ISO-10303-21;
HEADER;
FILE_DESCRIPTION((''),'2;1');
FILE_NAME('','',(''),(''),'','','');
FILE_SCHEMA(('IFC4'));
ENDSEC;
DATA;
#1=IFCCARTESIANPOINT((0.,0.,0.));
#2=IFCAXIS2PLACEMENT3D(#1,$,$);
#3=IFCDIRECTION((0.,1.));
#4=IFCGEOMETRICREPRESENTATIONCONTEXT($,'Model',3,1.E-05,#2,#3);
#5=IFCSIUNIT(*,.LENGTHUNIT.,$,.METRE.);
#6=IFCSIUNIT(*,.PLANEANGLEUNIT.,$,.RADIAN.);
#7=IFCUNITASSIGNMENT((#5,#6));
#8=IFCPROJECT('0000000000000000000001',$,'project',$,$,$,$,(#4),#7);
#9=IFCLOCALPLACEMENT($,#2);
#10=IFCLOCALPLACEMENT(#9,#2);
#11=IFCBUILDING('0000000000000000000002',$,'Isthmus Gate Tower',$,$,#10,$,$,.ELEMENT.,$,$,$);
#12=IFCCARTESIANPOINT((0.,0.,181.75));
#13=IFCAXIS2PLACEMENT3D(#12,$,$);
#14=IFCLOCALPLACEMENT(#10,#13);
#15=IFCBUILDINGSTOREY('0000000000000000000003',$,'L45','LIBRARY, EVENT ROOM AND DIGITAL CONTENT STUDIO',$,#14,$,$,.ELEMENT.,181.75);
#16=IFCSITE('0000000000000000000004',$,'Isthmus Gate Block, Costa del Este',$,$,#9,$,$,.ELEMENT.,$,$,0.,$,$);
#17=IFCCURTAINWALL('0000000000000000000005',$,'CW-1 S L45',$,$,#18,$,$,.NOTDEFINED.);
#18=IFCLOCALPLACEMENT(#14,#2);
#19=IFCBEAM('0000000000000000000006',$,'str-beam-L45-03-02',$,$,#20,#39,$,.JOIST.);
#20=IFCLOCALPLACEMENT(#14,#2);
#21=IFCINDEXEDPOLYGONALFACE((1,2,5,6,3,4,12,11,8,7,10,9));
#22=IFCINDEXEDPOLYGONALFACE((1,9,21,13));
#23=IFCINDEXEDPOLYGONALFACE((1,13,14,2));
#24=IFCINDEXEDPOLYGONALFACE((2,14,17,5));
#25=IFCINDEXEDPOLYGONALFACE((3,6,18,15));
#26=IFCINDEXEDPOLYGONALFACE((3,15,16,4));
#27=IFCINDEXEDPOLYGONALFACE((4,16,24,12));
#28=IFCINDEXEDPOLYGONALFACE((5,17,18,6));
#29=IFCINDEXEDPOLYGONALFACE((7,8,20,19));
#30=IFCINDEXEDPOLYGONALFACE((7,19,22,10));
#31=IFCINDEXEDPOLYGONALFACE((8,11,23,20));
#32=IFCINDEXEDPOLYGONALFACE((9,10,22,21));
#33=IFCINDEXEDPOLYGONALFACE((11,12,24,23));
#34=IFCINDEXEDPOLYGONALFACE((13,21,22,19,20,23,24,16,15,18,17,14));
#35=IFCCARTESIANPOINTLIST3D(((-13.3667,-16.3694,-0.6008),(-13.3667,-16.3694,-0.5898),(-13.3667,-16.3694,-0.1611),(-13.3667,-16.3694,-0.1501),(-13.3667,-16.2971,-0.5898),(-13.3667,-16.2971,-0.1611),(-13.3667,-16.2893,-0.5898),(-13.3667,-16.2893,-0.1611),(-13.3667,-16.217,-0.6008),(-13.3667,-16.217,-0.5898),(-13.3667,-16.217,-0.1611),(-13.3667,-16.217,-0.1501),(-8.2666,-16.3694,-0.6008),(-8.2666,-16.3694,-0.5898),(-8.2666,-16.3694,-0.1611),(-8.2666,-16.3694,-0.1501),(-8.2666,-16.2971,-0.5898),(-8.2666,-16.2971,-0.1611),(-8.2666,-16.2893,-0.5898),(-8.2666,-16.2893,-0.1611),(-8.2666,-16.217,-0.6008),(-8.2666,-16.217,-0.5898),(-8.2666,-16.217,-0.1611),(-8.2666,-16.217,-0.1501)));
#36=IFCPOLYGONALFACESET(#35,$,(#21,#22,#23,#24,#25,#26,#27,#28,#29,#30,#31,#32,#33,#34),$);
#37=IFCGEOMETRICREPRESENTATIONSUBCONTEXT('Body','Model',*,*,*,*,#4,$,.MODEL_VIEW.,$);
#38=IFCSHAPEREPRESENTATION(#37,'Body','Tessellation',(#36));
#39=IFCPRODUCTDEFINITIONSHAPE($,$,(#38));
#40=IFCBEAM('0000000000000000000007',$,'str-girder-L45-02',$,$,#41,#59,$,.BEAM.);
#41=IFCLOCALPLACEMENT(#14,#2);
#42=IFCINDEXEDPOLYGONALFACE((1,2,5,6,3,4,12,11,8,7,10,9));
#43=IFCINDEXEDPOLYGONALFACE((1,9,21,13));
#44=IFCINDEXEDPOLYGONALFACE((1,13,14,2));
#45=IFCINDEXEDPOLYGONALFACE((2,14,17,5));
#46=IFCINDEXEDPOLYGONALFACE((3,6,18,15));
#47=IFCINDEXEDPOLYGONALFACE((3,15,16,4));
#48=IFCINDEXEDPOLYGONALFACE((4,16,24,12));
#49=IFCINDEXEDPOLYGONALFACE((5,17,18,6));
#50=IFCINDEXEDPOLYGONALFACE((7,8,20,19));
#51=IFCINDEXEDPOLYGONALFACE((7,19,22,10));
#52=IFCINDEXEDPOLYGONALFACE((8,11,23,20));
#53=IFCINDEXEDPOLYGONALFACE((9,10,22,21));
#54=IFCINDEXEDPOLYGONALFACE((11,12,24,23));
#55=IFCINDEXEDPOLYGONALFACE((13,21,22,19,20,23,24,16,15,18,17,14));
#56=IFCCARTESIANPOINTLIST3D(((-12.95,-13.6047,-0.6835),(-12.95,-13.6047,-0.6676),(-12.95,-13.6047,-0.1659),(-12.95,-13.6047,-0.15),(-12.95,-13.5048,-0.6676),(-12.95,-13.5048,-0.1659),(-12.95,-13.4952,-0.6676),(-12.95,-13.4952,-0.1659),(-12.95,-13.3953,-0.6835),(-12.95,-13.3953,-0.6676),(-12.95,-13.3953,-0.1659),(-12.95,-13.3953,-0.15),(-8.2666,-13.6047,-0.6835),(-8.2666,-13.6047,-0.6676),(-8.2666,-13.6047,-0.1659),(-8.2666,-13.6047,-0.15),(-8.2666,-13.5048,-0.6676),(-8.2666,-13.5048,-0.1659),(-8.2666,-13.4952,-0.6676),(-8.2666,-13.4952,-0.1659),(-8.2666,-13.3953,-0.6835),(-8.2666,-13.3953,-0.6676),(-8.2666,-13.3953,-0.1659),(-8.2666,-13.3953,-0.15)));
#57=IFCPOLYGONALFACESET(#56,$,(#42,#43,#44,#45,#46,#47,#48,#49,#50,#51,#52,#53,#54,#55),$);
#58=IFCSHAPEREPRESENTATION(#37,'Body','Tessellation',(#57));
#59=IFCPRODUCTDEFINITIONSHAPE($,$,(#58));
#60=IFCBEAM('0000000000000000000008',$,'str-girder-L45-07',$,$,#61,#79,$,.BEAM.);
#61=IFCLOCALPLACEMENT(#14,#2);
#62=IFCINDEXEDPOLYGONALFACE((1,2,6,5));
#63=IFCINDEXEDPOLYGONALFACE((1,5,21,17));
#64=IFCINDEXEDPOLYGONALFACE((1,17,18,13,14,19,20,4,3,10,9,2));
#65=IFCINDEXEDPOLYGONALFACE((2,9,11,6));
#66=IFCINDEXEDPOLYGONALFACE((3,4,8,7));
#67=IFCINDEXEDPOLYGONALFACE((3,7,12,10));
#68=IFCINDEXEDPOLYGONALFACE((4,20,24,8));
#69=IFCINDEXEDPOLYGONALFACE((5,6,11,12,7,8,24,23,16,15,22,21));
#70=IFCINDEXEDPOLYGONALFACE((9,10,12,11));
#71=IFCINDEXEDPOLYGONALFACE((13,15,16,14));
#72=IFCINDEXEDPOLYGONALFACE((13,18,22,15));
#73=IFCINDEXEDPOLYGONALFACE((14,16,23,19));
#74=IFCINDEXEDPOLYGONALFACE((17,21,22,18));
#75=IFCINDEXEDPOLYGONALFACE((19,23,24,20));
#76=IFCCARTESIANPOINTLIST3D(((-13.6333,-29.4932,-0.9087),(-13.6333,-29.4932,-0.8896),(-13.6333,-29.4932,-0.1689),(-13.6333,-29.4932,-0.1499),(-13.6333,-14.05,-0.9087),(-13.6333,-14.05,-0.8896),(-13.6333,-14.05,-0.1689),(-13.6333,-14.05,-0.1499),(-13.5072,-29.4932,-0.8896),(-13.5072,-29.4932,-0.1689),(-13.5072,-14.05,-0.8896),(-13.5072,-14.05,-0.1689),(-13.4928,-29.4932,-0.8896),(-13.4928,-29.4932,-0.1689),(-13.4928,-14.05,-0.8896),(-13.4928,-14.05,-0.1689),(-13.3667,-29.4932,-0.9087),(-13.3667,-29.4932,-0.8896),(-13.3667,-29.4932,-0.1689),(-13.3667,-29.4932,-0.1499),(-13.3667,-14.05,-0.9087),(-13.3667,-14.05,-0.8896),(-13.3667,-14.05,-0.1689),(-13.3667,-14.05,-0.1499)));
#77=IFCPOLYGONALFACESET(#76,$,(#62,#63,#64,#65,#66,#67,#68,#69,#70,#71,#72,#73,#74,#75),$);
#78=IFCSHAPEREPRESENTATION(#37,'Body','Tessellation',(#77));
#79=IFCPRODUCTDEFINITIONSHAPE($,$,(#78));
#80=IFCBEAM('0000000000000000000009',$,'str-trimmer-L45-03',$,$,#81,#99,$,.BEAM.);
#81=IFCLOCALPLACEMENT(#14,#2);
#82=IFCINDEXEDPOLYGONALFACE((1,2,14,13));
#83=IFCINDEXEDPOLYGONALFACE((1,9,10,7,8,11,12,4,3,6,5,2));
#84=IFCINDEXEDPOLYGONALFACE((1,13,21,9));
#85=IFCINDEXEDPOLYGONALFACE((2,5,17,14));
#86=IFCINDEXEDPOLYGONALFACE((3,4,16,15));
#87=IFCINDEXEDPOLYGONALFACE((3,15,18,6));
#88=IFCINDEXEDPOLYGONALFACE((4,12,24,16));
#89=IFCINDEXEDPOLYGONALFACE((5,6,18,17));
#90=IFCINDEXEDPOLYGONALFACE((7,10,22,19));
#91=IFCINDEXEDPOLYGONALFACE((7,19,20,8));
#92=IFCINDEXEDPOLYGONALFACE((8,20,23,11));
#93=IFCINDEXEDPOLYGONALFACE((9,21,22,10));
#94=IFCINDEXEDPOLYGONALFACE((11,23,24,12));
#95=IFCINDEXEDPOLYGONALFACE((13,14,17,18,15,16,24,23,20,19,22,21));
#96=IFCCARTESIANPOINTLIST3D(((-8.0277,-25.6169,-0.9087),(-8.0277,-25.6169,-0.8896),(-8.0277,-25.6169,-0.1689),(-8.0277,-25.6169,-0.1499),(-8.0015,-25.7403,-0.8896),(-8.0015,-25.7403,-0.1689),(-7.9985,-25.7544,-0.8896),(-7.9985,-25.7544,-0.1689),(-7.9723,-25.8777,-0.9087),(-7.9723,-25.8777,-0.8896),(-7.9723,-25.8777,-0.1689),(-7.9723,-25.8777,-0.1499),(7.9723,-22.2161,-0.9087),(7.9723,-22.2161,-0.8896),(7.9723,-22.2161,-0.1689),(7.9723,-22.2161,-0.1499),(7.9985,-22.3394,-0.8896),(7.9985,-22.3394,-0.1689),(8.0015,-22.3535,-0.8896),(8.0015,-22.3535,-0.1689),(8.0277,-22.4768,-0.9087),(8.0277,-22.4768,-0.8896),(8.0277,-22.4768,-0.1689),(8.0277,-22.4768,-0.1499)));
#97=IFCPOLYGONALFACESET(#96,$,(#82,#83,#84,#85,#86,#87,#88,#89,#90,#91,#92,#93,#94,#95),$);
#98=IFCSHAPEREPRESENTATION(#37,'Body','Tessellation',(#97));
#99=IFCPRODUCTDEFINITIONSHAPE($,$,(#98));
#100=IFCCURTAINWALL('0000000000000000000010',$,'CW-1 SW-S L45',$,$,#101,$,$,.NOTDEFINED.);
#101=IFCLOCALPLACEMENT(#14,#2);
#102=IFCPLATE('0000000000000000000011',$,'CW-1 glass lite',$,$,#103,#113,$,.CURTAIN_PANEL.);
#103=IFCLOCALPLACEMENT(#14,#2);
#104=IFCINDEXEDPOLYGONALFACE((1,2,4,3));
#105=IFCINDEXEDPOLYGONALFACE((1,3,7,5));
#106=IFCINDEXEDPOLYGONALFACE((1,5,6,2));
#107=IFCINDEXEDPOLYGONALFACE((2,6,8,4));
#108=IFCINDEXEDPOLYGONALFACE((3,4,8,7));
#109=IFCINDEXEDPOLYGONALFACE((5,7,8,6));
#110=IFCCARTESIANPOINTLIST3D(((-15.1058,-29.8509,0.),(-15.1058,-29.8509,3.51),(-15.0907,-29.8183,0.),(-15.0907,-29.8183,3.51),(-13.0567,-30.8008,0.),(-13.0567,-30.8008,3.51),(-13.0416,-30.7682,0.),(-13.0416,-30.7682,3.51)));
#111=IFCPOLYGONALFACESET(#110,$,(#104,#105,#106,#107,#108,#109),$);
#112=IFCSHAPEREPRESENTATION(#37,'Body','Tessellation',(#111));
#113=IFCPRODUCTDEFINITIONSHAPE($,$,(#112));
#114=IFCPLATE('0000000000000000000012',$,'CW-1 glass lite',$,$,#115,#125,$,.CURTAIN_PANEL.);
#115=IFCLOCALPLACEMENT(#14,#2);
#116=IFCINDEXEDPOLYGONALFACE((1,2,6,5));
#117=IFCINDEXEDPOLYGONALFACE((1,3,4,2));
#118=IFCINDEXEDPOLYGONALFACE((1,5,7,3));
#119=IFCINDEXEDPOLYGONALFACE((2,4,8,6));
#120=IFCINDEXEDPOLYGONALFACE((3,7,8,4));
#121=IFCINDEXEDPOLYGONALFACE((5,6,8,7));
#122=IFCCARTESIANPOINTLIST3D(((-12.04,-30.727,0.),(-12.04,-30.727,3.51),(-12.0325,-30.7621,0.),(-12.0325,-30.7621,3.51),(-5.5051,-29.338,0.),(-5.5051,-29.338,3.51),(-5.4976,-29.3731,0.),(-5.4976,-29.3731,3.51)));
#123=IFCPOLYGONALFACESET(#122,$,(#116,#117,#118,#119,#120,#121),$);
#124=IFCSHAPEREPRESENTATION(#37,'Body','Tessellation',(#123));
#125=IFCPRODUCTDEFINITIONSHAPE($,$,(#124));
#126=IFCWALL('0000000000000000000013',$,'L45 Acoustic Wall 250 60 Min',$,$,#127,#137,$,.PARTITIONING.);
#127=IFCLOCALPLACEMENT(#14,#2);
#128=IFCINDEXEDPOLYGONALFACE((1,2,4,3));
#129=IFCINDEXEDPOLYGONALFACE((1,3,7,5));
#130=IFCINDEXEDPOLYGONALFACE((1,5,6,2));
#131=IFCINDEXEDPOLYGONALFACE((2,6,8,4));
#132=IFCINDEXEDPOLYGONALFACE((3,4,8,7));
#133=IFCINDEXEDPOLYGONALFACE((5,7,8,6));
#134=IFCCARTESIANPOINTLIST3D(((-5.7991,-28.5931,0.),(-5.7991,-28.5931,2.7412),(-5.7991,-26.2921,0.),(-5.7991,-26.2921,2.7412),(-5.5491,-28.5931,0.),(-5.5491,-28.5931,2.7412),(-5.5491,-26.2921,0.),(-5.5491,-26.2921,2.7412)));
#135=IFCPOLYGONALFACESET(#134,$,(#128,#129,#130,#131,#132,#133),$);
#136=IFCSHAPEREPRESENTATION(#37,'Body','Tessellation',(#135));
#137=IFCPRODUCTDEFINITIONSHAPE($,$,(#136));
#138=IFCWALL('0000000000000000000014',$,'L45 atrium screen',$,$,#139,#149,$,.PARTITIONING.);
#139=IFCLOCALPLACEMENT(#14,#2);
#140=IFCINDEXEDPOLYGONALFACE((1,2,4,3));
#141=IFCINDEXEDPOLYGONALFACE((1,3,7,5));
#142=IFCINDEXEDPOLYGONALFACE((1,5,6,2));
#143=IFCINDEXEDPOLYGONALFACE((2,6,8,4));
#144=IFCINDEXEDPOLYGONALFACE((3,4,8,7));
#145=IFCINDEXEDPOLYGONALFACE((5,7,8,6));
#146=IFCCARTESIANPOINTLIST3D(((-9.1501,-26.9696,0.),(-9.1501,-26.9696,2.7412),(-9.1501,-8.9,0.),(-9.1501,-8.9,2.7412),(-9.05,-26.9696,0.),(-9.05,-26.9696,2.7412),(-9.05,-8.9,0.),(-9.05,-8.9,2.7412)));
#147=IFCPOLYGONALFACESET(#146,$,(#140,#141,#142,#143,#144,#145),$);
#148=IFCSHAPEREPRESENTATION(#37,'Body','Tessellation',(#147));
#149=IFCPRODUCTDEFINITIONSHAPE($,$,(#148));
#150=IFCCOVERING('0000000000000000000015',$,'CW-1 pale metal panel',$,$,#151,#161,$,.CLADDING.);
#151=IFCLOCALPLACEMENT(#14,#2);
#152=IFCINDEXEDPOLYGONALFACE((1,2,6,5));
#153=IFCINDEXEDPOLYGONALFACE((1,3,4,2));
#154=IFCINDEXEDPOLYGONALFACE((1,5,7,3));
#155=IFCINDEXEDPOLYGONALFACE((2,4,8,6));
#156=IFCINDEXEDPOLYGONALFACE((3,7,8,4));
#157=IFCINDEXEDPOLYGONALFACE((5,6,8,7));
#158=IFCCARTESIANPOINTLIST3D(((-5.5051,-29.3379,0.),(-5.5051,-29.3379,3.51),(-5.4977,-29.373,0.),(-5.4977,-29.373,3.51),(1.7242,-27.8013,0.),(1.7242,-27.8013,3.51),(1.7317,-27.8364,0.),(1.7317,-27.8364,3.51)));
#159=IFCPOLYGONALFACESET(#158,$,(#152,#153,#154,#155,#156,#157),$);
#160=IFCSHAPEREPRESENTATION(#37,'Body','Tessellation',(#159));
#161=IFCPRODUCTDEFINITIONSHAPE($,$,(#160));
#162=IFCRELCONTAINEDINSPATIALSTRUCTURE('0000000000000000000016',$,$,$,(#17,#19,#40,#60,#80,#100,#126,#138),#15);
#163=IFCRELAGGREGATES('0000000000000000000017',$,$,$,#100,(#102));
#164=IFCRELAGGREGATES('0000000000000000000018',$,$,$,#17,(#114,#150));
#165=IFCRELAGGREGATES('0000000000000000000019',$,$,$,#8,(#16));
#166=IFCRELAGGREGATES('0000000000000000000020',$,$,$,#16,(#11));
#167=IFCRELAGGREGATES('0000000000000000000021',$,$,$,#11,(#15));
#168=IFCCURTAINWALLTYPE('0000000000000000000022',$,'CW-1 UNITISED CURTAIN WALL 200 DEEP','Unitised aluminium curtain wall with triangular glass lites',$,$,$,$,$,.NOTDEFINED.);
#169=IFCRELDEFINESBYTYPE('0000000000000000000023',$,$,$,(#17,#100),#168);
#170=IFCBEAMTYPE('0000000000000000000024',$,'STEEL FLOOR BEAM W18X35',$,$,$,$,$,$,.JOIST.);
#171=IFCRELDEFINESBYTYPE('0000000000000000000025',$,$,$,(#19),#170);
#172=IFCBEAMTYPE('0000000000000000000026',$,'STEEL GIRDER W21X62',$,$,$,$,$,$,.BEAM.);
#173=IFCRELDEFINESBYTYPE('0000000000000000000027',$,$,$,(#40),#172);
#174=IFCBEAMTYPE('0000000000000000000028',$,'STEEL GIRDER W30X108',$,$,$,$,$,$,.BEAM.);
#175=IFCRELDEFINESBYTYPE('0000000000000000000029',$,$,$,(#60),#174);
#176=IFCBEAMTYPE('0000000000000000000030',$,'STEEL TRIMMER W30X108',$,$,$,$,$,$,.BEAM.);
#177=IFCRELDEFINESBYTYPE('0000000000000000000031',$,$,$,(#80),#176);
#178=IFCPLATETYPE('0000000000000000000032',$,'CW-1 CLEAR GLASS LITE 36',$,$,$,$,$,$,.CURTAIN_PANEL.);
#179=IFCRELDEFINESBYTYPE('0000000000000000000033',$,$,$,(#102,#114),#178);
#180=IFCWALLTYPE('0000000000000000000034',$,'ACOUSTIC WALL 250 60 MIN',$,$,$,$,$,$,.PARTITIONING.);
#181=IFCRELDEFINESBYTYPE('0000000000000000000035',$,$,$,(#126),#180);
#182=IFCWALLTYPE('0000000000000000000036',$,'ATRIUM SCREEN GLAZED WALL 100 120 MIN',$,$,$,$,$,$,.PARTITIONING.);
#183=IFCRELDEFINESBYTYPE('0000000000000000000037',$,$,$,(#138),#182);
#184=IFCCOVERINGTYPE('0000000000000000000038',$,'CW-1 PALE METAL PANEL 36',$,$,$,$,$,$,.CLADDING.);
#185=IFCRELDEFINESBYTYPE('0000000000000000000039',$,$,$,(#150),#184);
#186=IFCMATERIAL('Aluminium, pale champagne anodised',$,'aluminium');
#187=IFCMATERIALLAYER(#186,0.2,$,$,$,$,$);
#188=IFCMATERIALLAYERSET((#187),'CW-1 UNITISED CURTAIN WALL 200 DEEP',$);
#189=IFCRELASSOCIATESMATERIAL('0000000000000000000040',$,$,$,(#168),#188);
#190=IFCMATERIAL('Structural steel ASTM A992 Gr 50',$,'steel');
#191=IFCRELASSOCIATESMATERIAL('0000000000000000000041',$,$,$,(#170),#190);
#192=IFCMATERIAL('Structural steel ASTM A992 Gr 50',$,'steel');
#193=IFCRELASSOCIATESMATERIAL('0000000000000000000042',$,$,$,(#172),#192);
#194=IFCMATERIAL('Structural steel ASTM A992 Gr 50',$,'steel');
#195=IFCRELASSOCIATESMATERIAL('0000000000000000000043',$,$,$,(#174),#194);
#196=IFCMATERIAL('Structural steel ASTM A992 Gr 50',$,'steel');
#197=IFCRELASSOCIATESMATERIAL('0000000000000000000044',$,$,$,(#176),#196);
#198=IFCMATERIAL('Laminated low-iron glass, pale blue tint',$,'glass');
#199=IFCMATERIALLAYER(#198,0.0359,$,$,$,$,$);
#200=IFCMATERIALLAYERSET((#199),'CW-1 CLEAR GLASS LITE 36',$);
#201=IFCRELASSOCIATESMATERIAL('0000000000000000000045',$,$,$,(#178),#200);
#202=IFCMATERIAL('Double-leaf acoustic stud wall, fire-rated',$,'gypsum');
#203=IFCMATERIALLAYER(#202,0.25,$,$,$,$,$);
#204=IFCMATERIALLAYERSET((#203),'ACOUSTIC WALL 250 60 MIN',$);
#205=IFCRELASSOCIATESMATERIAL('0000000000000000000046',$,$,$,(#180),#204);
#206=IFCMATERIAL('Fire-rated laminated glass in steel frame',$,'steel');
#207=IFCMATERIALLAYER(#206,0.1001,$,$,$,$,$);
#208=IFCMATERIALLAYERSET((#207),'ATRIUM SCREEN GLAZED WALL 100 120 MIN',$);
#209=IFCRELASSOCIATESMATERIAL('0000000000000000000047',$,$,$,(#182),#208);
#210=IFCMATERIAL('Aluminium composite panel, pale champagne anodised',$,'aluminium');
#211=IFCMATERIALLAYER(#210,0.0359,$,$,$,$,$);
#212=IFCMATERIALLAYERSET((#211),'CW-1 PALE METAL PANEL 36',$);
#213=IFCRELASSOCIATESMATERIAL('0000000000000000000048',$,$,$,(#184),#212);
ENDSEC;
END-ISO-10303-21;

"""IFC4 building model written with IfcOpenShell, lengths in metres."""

from ifc_helpers import new_model, si_unit, direction, frame, frame_2d, origin, origin_2d, place, context, subcontext, project, spatial, rectangle, i_section, extrude, material, layer, layer_set, material_profile, profile_set, type_object, element, aggregate, save


model = new_model("IFC4")

# Units and contexts
model_context = context("Model", 3, precision=1e-05, world=origin(), true_north=direction((0.0, 1.0)))
body_context = subcontext(model_context, "Body", "Model", "MODEL_VIEW")
ifc_project = project(units=[si_unit("LENGTHUNIT", "METRE"), si_unit("PLANEANGLEUNIT", "RADIAN")], contexts=[model_context])

# Site, building, storey
site_placement = place(None, origin())
site = spatial("IfcSite", under=ifc_project, at=site_placement, Name="Isthmus Gate Block, Costa del Este", CompositionType="ELEMENT", RefElevation=0.0)
building_placement = place(site_placement, origin())
building = spatial("IfcBuilding", under=site, at=building_placement, Name="Isthmus Gate Tower", CompositionType="ELEMENT")
storey_placement = place(building_placement, frame((0.0, 0.0, 181.75)))
storey = spatial("IfcBuildingStorey", under=building, at=storey_placement, Name="L45", Description="LIBRARY, EVENT ROOM AND DIGITAL CONTENT STUDIO", CompositionType="ELEMENT", Elevation=181.75)

# Curtain wall
ifc_material_1 = material(Name="Aluminium, pale champagne anodised", Category="aluminium")
ifc_layer_1 = layer(ifc_material_1, 0.2)
ifc_layer_set_1 = layer_set([ifc_layer_1], Name="CW-1 UNITISED CURTAIN WALL 200 DEEP")
curtain_wall_type = type_object("IfcCurtainWallType", Name="CW-1 UNITISED CURTAIN WALL 200 DEEP", Description="Unitised aluminium curtain wall with triangular glass lites", PredefinedType="NOTDEFINED", material=ifc_layer_set_1)
curtain_wall_1_placement = place(storey_placement, origin())
curtain_wall_1 = element("IfcCurtainWall", 1, at=curtain_wall_1_placement, inside=storey, type_object=curtain_wall_type, Name="CW-1 S L45", PredefinedType="NOTDEFINED")

# Beams
ifc_material_2 = material(Name="Structural steel ASTM A992 Gr 50", Category="steel")
ifc_material_profile_1 = material_profile(ifc_material_2, i_section(OverallWidth=0.1523, OverallDepth=0.4507, WebThickness=0.0078, FlangeThickness=0.011, at=origin_2d()), Name="W18X35")
ifc_profile_set_1 = profile_set([ifc_material_profile_1], Name="Structural steel ASTM A992 Gr 50")
beam_type_1 = type_object("IfcBeamType", Name="STEEL FLOOR BEAM W18X35", PredefinedType="JOIST", material=ifc_profile_set_1)
for number, where, z_axis, x_axis, name in (
    (2, (-13.3667, -16.2932, -0.3755), (1.0, 0.0, 0.0), (0.0, 1.0, 0.0), "str-beam-L45-03-02"),
):
    element("IfcBeam", number, at=place(storey_placement, frame(where, z_axis=z_axis, x_axis=x_axis)), inside=storey, type_object=beam_type_1, Name=name, PredefinedType="JOIST", context=body_context, shape_type="SweptSolid", body=[
        extrude(i_section(OverallWidth=0.1523, OverallDepth=0.4507, WebThickness=0.0078, FlangeThickness=0.011, at=origin_2d()), origin(), (0.0, 0.0, 1.0), 5.1001),
    ])
ifc_material_3 = material(Name="Structural steel ASTM A992 Gr 50", Category="steel")
ifc_material_profile_2 = material_profile(ifc_material_3, i_section(OverallWidth=0.2095, OverallDepth=0.5334, WebThickness=0.0095, FlangeThickness=0.0159, at=origin_2d()), Name="W21X62")
ifc_profile_set_2 = profile_set([ifc_material_profile_2], Name="Structural steel ASTM A992 Gr 50")
beam_type_2 = type_object("IfcBeamType", Name="STEEL GIRDER W21X62", PredefinedType="BEAM", material=ifc_profile_set_2)
beam_1_placement = place(storey_placement, frame((-12.95, -13.5, -0.4167), z_axis=(1.0, 0.0, 0.0), x_axis=(0.0, 1.0, 0.0)))
element("IfcBeam", 3, at=beam_1_placement, inside=storey, type_object=beam_type_2, Name="str-girder-L45-02", PredefinedType="BEAM", context=body_context, shape_type="SweptSolid", body=[
    extrude(i_section(OverallWidth=0.2095, OverallDepth=0.5334, WebThickness=0.0095, FlangeThickness=0.0159, at=origin_2d()), origin(), (0.0, 0.0, 1.0), 4.6833),
])
ifc_material_4 = material(Name="Structural steel ASTM A992 Gr 50", Category="steel")
ifc_material_profile_3 = material_profile(ifc_material_4, i_section(OverallWidth=0.2666, OverallDepth=0.7588, WebThickness=0.0144, FlangeThickness=0.019, at=origin_2d()), Name="W30X108")
ifc_profile_set_3 = profile_set([ifc_material_profile_3], Name="Structural steel ASTM A992 Gr 50")
beam_type_3 = type_object("IfcBeamType", Name="STEEL GIRDER W30X108", PredefinedType="BEAM", material=ifc_profile_set_3)
beam_2_placement = place(storey_placement, frame((-13.5, -29.4932, -0.5293), z_axis=(0.0, 1.0, 0.0), x_axis=(-1.0, 0.0, 0.0)))
element("IfcBeam", 4, at=beam_2_placement, inside=storey, type_object=beam_type_3, Name="str-girder-L45-07", PredefinedType="BEAM", context=body_context, shape_type="SweptSolid", body=[
    extrude(i_section(OverallWidth=0.2666, OverallDepth=0.7588, WebThickness=0.0144, FlangeThickness=0.019, at=origin_2d()), origin(), (0.0, 0.0, 1.0), 15.4431),
])
ifc_material_5 = material(Name="Structural steel ASTM A992 Gr 50", Category="steel")
ifc_material_profile_4 = material_profile(ifc_material_5, i_section(OverallWidth=0.2666, OverallDepth=0.7588, WebThickness=0.0144, FlangeThickness=0.019, at=origin_2d()), Name="W30X108")
ifc_profile_set_4 = profile_set([ifc_material_profile_4], Name="Structural steel ASTM A992 Gr 50")
beam_type_4 = type_object("IfcBeamType", Name="STEEL TRIMMER W30X108", PredefinedType="BEAM", material=ifc_profile_set_4)
beam_3_placement = place(storey_placement, frame((-8.0, -25.7473, -0.5293), z_axis=(0.978148, 0.20791, 0.0), x_axis=(-0.20791, 0.978148, 0.0)))
element("IfcBeam", 5, at=beam_3_placement, inside=storey, type_object=beam_type_4, Name="str-trimmer-L45-03", PredefinedType="BEAM", context=body_context, shape_type="SweptSolid", body=[
    extrude(i_section(OverallWidth=0.2666, OverallDepth=0.7588, WebThickness=0.0144, FlangeThickness=0.019, at=origin_2d()), origin(), (0.0, 0.0, 1.0), 16.3574),
])

# Curtain wall, plate
curtain_wall_2_placement = place(storey_placement, origin())
curtain_wall_2 = element("IfcCurtainWall", 6, at=curtain_wall_2_placement, inside=storey, type_object=curtain_wall_type, Name="CW-1 SW-S L45", PredefinedType="NOTDEFINED")
ifc_material_6 = material(Name="Laminated low-iron glass, pale blue tint", Category="glass")
ifc_layer_2 = layer(ifc_material_6, 0.0359)
ifc_layer_set_2 = layer_set([ifc_layer_2], Name="CW-1 CLEAR GLASS LITE 36")
plate_type = type_object("IfcPlateType", Name="CW-1 CLEAR GLASS LITE 36", PredefinedType="CURTAIN_PANEL", material=ifc_layer_set_2)
plate_1_placement = place(storey_placement, frame((-14.0737, -30.3096, 0.0), z_axis=(0.0, 0.0, 1.0), x_axis=(0.907256, -0.420578, 0.0)))
plate_1 = element("IfcPlate", 7, at=plate_1_placement, type_object=plate_type, Name="CW-1 glass lite", PredefinedType="CURTAIN_PANEL", context=body_context, shape_type="SweptSolid", body=[
    extrude(rectangle(XDim=2.2585, YDim=0.0359, at=origin_2d()), origin(), (0.0, 0.0, 1.0), 3.51),
])
aggregate(curtain_wall_2, [plate_1])

# Plate
plate_2_placement = place(storey_placement, frame((-8.7688, -30.05, 0.0), z_axis=(0.0, 0.0, 1.0), x_axis=(0.978148, 0.207912, 0.0)))
plate_2 = element("IfcPlate", 8, at=plate_2_placement, type_object=plate_type, Name="CW-1 glass lite", PredefinedType="CURTAIN_PANEL", context=body_context, shape_type="SweptSolid", body=[
    extrude(rectangle(XDim=6.6809, YDim=0.0359, at=origin_2d()), origin(), (0.0, 0.0, 1.0), 3.51),
])

# Walls
ifc_material_7 = material(Name="Double-leaf acoustic stud wall, fire-rated", Category="gypsum")
ifc_layer_3 = layer(ifc_material_7, 0.25)
ifc_layer_set_3 = layer_set([ifc_layer_3], Name="ACOUSTIC WALL 250 60 MIN")
wall_type_1 = type_object("IfcWallType", Name="ACOUSTIC WALL 250 60 MIN", PredefinedType="PARTITIONING", material=ifc_layer_set_3)
wall_1_placement = place(storey_placement, frame((-5.6741, -28.593, 0.0), z_axis=(0.0, 0.0, 1.0), x_axis=(0.0, 1.0, 0.0)))
element("IfcWall", 9, at=wall_1_placement, inside=storey, type_object=wall_type_1, Name="L45 Acoustic Wall 250 60 Min", PredefinedType="PARTITIONING", context=body_context, shape_type="SweptSolid", body=[
    extrude(rectangle(XDim=2.301, YDim=0.25, at=frame_2d((1.1504, 0.0))), origin(), (0.0, 0.0, 1.0), 2.7412),
])
ifc_material_8 = material(Name="Fire-rated laminated glass in steel frame", Category="steel")
ifc_layer_4 = layer(ifc_material_8, 0.1001)
ifc_layer_set_4 = layer_set([ifc_layer_4], Name="ATRIUM SCREEN GLAZED WALL 100 120 MIN")
wall_type_2 = type_object("IfcWallType", Name="ATRIUM SCREEN GLAZED WALL 100 120 MIN", PredefinedType="PARTITIONING", material=ifc_layer_set_4)
wall_2_placement = place(storey_placement, frame((-9.1001, -26.9695, 0.0), z_axis=(0.0, 0.0, 1.0), x_axis=(0.0, 1.0, 0.0)))
element("IfcWall", 10, at=wall_2_placement, inside=storey, type_object=wall_type_2, Name="L45 atrium screen", PredefinedType="PARTITIONING", context=body_context, shape_type="SweptSolid", body=[
    extrude(rectangle(XDim=18.0696, YDim=0.1001, at=frame_2d((9.0347, 0.0))), origin(), (0.0, 0.0, 1.0), 2.7412),
])

# Covering
ifc_material_9 = material(Name="Aluminium composite panel, pale champagne anodised", Category="aluminium")
ifc_layer_5 = layer(ifc_material_9, 0.0359)
ifc_layer_set_5 = layer_set([ifc_layer_5], Name="CW-1 PALE METAL PANEL 36")
covering_type = type_object("IfcCoveringType", Name="CW-1 PALE METAL PANEL 36", PredefinedType="CLADDING", material=ifc_layer_set_5)
covering_placement = place(storey_placement, frame((-1.8867, -28.5872, 0.0), z_axis=(0.0, 0.0, 1.0), x_axis=(0.978148, 0.207912, 0.0)))
covering = element("IfcCovering", 11, at=covering_placement, type_object=covering_type, Name="CW-1 pale metal panel", PredefinedType="CLADDING", context=body_context, shape_type="SweptSolid", body=[
    extrude(rectangle(XDim=7.3909, YDim=0.0359, at=origin_2d()), origin(), (0.0, 0.0, 1.0), 3.51),
])
aggregate(curtain_wall_1, [plate_2, covering])

save(model, "model.ifc")
